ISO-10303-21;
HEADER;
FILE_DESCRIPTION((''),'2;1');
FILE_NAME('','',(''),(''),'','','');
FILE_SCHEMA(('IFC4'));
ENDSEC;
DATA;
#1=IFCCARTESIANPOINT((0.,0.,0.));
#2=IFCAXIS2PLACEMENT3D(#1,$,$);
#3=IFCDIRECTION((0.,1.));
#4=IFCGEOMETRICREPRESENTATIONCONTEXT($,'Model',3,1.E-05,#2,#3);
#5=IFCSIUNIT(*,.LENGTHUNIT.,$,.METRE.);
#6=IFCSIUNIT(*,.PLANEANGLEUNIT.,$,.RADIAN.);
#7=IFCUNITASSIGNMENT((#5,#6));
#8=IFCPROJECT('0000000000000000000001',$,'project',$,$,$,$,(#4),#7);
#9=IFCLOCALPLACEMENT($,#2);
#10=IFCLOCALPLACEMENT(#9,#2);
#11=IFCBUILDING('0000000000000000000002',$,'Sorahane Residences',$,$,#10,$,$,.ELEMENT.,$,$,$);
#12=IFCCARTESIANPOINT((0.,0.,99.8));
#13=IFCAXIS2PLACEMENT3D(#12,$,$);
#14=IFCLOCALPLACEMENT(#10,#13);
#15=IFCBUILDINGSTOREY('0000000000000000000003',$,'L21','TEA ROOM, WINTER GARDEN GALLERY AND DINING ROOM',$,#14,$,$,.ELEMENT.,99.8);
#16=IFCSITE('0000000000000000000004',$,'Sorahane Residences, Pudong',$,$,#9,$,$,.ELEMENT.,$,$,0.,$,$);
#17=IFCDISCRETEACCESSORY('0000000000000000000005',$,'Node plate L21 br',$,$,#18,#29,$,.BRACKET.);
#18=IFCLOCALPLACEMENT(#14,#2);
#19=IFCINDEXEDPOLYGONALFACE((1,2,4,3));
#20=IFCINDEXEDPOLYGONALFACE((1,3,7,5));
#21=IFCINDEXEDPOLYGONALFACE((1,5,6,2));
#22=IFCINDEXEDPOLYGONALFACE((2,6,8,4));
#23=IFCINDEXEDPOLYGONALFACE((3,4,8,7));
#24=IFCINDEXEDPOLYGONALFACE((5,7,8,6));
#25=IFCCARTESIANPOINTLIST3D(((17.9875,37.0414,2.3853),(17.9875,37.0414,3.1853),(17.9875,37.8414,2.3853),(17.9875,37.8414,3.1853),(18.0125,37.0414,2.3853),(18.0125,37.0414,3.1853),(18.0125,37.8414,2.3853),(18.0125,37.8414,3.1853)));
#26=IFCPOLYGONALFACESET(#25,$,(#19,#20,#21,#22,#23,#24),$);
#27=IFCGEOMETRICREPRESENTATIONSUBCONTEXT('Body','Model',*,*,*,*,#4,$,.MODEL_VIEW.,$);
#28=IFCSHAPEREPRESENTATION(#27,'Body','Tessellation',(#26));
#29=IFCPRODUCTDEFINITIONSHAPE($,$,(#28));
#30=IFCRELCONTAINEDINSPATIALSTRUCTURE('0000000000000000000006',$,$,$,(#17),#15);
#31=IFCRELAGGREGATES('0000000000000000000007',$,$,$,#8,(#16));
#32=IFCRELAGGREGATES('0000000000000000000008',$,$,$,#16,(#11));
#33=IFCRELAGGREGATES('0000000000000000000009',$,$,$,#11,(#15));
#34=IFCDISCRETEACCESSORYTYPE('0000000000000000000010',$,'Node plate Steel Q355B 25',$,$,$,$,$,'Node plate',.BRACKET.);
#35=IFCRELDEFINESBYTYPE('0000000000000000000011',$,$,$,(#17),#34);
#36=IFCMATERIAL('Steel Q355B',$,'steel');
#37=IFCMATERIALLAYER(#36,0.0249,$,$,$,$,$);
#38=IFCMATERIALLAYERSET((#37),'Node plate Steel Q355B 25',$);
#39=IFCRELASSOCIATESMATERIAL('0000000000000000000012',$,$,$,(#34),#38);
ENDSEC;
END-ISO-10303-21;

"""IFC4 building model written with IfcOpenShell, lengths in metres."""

from ifc_helpers import new_model, si_unit, direction, frame, origin, origin_2d, place, context, subcontext, project, spatial, rectangle, extrude, material, layer, layer_set, type_object, element, save


model = new_model("IFC4")

# Units and contexts
model_context = context("Model", 3, precision=1e-05, world=origin(), true_north=direction((0.0, 1.0)))
body_context = subcontext(model_context, "Body", "Model", "MODEL_VIEW")
ifc_project = project(units=[si_unit("LENGTHUNIT", "METRE"), si_unit("PLANEANGLEUNIT", "RADIAN")], contexts=[model_context])

# Site, building, storey
site_placement = place(None, origin())
site = spatial("IfcSite", under=ifc_project, at=site_placement, Name="Sorahane Residences, Pudong", CompositionType="ELEMENT", RefElevation=0.0)
building_placement = place(site_placement, origin())
building = spatial("IfcBuilding", under=site, at=building_placement, Name="Sorahane Residences", CompositionType="ELEMENT")
storey_placement = place(building_placement, frame((0.0, 0.0, 99.8)))
storey = spatial("IfcBuildingStorey", under=building, at=storey_placement, Name="L21", Description="TEA ROOM, WINTER GARDEN GALLERY AND DINING ROOM", CompositionType="ELEMENT", Elevation=99.8)

# Discrete accessory
ifc_material_1 = material(Name="Steel Q355B", Category="steel")
ifc_layer_1 = layer(ifc_material_1, 0.0249)
ifc_layer_set_1 = layer_set([ifc_layer_1], Name="Node plate Steel Q355B 25")
discrete_accessory_type = type_object("IfcDiscreteAccessoryType", Name="Node plate Steel Q355B 25", ElementType="Node plate", PredefinedType="BRACKET", material=ifc_layer_set_1)
for number, where, z_axis, x_axis, name in (
    (1, (18.0, 37.4414, 2.3853), (0.0, 0.0, 1.0), (0.0, 1.0, 0.0), "Node plate L21 br"),
):
    element("IfcDiscreteAccessory", number, at=place(storey_placement, frame(where, z_axis=z_axis, x_axis=x_axis)), inside=storey, type_object=discrete_accessory_type, Name=name, PredefinedType="BRACKET", context=body_context, shape_type="SweptSolid", body=[
        extrude(rectangle(XDim=0.8, YDim=0.0249, at=origin_2d()), origin(), (0.0, 0.0, 1.0), 0.8),
    ])

save(model, "model.ifc")
